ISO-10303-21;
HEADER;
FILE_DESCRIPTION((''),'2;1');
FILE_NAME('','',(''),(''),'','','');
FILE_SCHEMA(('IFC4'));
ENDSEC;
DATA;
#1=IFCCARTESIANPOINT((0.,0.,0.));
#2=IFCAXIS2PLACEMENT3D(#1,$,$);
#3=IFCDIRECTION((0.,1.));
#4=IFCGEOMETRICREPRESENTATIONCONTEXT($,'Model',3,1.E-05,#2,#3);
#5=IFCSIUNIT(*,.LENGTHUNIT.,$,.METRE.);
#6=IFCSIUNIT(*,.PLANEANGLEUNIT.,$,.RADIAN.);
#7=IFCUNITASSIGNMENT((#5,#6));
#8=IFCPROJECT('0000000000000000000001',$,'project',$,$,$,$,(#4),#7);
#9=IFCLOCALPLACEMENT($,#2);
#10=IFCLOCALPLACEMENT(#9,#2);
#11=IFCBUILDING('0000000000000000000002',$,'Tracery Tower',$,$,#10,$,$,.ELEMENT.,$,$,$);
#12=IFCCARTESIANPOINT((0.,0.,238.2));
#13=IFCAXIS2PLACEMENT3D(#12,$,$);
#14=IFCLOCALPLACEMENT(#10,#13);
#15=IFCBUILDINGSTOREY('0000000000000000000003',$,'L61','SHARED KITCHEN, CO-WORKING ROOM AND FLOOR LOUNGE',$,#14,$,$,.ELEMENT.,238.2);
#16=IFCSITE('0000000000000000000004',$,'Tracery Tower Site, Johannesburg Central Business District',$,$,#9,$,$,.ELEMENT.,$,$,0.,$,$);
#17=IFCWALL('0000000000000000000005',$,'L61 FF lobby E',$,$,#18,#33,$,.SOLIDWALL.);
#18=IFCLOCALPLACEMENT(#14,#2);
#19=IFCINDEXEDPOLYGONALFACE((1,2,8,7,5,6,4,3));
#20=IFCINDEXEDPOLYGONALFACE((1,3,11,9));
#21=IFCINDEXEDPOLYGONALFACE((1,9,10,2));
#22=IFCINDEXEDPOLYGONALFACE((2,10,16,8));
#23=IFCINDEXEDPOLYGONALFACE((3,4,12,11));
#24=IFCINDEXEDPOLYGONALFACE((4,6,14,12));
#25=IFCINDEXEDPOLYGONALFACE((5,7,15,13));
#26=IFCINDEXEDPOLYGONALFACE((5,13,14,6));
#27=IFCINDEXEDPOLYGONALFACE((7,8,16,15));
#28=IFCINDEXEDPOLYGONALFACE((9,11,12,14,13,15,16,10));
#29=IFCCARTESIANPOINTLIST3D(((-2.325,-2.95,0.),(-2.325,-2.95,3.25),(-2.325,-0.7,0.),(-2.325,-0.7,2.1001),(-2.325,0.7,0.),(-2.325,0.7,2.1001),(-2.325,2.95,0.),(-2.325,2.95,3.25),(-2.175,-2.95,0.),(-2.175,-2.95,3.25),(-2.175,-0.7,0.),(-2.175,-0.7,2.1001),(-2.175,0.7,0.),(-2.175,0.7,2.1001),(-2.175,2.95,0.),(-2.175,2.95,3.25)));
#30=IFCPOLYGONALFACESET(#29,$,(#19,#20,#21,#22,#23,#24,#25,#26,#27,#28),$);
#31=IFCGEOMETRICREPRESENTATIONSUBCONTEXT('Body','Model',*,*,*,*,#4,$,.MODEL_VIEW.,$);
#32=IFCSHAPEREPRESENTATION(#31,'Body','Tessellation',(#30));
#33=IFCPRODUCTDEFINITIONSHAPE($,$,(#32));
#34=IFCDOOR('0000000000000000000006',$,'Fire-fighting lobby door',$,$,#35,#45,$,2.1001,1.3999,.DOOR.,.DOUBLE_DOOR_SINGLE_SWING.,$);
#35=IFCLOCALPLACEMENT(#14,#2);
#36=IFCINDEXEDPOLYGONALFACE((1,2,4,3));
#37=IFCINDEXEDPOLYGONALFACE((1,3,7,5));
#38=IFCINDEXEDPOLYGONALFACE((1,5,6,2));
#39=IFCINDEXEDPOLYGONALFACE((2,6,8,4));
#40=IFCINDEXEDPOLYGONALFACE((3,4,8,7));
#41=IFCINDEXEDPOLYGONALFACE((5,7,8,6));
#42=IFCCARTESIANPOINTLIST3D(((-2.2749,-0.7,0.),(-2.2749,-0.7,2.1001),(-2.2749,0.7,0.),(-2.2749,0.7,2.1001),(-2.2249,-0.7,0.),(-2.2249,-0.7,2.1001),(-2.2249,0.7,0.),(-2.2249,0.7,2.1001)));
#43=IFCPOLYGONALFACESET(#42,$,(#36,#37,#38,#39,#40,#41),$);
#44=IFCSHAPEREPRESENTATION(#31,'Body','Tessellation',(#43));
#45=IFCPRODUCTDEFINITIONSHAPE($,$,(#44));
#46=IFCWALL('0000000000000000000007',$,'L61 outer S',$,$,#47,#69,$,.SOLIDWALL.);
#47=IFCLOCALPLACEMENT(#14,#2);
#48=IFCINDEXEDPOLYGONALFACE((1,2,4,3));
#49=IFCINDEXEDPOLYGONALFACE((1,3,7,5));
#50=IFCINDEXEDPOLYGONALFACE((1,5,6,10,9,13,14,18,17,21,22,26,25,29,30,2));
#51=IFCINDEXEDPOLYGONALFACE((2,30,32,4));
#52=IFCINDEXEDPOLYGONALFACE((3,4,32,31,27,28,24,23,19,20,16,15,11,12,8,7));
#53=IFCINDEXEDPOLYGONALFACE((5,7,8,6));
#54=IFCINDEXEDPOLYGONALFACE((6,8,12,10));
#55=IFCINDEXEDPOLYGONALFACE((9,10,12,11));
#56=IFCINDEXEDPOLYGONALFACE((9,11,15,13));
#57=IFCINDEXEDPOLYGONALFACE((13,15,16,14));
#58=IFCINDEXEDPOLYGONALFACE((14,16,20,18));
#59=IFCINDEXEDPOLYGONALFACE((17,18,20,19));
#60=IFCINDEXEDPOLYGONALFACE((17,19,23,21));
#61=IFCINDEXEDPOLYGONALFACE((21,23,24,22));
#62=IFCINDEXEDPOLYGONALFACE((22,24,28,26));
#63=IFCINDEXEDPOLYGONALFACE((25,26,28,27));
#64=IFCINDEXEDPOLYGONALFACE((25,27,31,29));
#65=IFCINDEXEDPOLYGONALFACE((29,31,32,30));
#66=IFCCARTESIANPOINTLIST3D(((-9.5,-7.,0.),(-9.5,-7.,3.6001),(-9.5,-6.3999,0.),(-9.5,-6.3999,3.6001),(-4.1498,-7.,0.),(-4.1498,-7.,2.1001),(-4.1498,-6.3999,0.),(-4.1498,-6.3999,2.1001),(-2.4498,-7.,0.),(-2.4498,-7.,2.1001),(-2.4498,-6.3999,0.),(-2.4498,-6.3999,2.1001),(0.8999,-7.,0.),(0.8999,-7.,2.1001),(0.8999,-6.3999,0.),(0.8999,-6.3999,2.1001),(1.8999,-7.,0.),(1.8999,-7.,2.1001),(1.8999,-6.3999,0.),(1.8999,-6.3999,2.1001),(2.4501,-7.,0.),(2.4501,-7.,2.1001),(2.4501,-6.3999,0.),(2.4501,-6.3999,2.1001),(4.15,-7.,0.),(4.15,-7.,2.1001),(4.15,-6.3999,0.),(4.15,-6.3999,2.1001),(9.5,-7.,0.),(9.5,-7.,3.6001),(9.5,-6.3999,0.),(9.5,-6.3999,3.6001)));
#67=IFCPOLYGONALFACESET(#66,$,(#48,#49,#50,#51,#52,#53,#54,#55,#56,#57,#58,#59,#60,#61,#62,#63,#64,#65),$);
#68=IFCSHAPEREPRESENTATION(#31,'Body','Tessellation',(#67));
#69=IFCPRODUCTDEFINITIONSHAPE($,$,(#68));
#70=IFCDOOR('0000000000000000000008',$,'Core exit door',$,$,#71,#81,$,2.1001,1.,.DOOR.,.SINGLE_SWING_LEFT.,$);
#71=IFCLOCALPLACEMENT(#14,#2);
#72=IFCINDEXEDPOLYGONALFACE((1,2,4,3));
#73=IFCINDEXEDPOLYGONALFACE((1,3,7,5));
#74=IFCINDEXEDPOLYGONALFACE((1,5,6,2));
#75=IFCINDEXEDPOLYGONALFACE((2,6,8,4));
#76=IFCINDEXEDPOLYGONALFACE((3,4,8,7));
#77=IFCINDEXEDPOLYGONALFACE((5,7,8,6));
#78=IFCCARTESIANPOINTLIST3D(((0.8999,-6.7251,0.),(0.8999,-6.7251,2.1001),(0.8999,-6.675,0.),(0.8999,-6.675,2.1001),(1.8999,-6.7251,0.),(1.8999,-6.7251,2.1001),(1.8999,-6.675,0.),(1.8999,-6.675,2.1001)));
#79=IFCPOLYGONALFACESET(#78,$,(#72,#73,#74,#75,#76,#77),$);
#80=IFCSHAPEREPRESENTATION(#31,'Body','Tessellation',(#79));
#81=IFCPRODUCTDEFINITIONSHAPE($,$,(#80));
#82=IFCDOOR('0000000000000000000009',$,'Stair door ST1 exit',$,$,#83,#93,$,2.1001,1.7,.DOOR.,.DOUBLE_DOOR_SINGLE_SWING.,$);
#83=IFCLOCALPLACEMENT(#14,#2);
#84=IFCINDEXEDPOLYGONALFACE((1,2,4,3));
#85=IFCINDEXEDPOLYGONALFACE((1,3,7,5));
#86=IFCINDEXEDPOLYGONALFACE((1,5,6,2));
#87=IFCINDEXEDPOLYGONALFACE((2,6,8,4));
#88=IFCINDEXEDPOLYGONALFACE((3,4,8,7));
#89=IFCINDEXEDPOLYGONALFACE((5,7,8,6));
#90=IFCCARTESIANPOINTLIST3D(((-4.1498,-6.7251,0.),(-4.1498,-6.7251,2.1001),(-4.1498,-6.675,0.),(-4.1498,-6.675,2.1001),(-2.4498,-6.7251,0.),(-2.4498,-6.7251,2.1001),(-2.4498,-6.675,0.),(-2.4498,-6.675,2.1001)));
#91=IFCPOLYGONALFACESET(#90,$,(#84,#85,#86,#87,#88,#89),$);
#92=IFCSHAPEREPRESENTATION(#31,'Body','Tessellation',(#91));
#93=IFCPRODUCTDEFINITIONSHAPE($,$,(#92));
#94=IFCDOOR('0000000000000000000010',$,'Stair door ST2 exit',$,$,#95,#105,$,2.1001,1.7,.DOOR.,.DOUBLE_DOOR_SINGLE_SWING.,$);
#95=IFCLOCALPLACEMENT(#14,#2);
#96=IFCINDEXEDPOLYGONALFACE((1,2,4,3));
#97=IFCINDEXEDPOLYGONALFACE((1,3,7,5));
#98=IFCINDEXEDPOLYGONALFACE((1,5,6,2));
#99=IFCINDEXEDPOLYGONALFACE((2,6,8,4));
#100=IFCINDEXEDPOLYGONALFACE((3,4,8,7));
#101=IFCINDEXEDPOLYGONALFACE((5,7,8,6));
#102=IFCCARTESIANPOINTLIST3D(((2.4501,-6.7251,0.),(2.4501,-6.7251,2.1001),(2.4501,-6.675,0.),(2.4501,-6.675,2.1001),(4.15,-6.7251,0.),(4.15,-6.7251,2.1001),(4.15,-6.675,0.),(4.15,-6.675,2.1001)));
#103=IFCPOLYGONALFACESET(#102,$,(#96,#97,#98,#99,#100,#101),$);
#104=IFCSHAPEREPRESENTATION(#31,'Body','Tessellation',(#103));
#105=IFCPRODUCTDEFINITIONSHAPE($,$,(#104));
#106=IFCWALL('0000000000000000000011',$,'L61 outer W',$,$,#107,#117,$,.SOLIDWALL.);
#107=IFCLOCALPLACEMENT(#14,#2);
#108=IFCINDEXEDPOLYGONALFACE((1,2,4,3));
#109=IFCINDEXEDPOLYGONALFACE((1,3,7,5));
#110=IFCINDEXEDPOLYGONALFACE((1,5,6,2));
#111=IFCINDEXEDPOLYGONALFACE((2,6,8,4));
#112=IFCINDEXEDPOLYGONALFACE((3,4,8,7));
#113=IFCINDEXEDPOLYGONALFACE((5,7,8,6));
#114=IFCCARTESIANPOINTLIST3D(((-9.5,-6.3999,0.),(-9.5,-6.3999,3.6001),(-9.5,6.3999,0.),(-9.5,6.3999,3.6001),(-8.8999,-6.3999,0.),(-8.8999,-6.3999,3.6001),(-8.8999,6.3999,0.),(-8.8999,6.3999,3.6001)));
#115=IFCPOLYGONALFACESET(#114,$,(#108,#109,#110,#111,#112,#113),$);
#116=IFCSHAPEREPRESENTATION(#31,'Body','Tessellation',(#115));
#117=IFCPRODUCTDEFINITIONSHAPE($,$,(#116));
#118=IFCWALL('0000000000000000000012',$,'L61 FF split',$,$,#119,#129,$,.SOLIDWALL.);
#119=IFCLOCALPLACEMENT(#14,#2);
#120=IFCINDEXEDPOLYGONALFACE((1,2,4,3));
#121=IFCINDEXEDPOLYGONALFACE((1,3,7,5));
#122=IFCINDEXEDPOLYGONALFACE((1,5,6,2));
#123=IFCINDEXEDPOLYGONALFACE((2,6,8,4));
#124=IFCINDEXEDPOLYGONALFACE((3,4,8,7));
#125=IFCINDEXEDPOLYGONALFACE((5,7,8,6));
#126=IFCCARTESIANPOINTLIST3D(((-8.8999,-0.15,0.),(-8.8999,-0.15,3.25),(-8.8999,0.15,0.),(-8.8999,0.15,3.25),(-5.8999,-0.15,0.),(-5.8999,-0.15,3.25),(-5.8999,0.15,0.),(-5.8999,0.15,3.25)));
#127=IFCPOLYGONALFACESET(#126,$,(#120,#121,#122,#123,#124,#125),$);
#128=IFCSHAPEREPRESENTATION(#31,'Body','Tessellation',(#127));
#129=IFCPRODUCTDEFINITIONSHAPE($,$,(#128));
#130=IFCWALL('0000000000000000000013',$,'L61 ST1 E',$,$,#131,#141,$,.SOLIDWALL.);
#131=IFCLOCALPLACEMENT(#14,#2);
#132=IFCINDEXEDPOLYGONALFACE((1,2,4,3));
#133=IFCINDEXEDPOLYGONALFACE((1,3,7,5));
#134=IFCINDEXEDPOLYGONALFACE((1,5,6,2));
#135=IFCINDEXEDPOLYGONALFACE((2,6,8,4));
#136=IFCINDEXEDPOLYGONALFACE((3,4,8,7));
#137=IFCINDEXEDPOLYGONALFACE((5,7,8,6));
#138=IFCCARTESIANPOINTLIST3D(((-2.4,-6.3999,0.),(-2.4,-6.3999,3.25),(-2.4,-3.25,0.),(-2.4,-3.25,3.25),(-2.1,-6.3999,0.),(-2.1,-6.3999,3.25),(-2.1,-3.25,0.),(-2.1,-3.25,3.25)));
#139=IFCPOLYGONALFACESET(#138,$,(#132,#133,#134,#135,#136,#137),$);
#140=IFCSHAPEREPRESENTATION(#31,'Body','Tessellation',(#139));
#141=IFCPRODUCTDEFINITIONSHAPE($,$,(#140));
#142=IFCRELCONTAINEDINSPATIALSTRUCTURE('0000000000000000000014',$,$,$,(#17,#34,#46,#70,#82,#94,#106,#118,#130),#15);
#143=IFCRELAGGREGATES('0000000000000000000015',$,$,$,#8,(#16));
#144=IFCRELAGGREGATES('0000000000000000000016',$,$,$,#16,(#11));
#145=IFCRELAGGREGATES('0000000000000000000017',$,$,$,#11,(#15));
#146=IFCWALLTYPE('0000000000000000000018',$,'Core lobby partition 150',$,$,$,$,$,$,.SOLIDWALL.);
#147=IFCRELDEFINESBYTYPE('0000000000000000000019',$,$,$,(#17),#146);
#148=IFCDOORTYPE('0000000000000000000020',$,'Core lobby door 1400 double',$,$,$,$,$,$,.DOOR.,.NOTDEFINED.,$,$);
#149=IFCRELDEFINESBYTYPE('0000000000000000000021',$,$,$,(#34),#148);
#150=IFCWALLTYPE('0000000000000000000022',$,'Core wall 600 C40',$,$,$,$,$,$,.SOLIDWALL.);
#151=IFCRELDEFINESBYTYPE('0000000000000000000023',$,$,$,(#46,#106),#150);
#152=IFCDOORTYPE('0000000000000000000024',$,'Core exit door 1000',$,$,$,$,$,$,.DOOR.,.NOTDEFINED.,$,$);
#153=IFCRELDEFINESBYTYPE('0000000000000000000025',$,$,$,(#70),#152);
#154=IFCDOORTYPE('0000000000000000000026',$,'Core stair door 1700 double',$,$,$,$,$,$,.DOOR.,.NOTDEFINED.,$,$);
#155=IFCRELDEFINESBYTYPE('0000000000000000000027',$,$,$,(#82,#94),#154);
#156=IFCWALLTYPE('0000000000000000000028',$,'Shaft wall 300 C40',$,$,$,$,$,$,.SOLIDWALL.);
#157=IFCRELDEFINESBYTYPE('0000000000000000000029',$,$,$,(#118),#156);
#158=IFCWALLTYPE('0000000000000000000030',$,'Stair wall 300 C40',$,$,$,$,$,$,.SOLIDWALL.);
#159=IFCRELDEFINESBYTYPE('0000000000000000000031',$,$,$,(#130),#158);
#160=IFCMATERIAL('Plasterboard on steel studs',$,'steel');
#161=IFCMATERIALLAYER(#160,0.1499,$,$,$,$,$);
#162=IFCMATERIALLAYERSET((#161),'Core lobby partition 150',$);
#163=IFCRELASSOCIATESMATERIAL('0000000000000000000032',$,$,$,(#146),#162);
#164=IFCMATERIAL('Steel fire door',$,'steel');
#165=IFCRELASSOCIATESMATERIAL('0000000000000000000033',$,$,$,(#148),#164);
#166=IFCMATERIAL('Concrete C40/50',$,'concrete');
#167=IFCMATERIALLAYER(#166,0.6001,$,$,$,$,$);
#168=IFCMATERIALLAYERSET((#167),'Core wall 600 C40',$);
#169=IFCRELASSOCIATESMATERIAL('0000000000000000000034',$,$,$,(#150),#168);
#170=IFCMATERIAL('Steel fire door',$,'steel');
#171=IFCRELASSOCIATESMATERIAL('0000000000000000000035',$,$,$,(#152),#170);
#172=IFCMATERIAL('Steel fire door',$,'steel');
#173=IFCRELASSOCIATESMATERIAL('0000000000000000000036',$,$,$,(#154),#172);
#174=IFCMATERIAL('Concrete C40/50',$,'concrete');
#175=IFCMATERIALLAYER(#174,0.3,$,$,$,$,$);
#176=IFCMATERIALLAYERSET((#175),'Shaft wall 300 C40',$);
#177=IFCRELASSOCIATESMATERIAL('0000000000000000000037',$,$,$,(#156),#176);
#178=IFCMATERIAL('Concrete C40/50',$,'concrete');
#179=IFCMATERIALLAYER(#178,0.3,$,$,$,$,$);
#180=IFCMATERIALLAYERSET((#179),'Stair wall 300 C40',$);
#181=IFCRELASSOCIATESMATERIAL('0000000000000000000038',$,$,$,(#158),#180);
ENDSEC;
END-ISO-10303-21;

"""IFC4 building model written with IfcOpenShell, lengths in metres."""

from ifc_helpers import new_model, si_unit, direction, frame, frame_2d, origin, place, context, subcontext, project, spatial, rectangle, extrude, material, layer, layer_set, type_object, element, fill, save


model = new_model("IFC4")

# Units and contexts
model_context = context("Model", 3, precision=1e-05, world=origin(), true_north=direction((0.0, 1.0)))
body_context = subcontext(model_context, "Body", "Model", "MODEL_VIEW")
ifc_project = project(units=[si_unit("LENGTHUNIT", "METRE"), si_unit("PLANEANGLEUNIT", "RADIAN")], contexts=[model_context])

# Site, building, storey
site_placement = place(None, origin())
site = spatial("IfcSite", under=ifc_project, at=site_placement, Name="Tracery Tower Site, Johannesburg Central Business District", CompositionType="ELEMENT", RefElevation=0.0)
building_placement = place(site_placement, origin())
building = spatial("IfcBuilding", under=site, at=building_placement, Name="Tracery Tower", CompositionType="ELEMENT")
storey_placement = place(building_placement, frame((0.0, 0.0, 238.2)))
storey = spatial("IfcBuildingStorey", under=building, at=storey_placement, Name="L61", Description="SHARED KITCHEN, CO-WORKING ROOM AND FLOOR LOUNGE", CompositionType="ELEMENT", Elevation=238.2)

# Wall, opening, door
ifc_material_1 = material(Name="Plasterboard on steel studs", Category="steel")
ifc_layer_1 = layer(ifc_material_1, 0.1499)
ifc_layer_set_1 = layer_set([ifc_layer_1], Name="Core lobby partition 150")
wall_type_1 = type_object("IfcWallType", Name="Core lobby partition 150", PredefinedType="SOLIDWALL", material=ifc_layer_set_1)
wall_1_placement = place(storey_placement, frame((-2.25, -2.95, 0.0), z_axis=(0.0, 0.0, 1.0), x_axis=(0.0, 1.0, 0.0)))
wall_1 = element("IfcWall", 1, at=wall_1_placement, inside=storey, type_object=wall_type_1, Name="L61 FF lobby E", PredefinedType="SOLIDWALL", context=body_context, shape_type="SweptSolid", body=[
    extrude(rectangle(XDim=5.8999, YDim=0.1499, at=frame_2d((2.95, 0.0))), origin(), (0.0, 0.0, 1.0), 3.25),
])
opening_1_placement = place(wall_1_placement, frame((2.25, 0.0, 0.0)))
opening_1 = element("IfcOpeningElement", 2, at=opening_1_placement, cuts=wall_1, PredefinedType="OPENING", context=body_context, shape_type="SweptSolid", body=[
    extrude(rectangle(XDim=1.3999, YDim=2.1001, at=frame_2d((0.7, 1.05))), frame((0.0, 0.075, 0.0), z_axis=(0.0, -1.0, 0.0), x_axis=(1.0, 0.0, 0.0)), (0.0, 0.0, 1.0), 0.1499),
])
ifc_material_2 = material(Name="Steel fire door", Category="steel")
door_type_1 = type_object("IfcDoorType", Name="Core lobby door 1400 double", OperationType="NOTDEFINED", PredefinedType="DOOR", material=ifc_material_2)
door_1_placement = place(opening_1_placement, origin())
door_1 = element("IfcDoor", 3, at=door_1_placement, inside=storey, type_object=door_type_1, Name="Fire-fighting lobby door", OperationType="DOUBLE_DOOR_SINGLE_SWING", OverallHeight=2.1001, OverallWidth=1.3999, PredefinedType="DOOR", context=body_context, shape_type="SweptSolid", body=[
    extrude(rectangle(XDim=1.3999, YDim=2.1001, at=frame_2d((0.7, 1.05))), frame((0.0, 0.0249, 0.0), z_axis=(0.0, -1.0, 0.0), x_axis=(1.0, 0.0, 0.0)), (0.0, 0.0, 1.0), 0.05),
])
fill(opening_1, door_1)

# Wall, openings, doors
ifc_material_3 = material(Name="Concrete C40/50", Category="concrete")
ifc_layer_2 = layer(ifc_material_3, 0.6001)
ifc_layer_set_2 = layer_set([ifc_layer_2], Name="Core wall 600 C40")
wall_type_2 = type_object("IfcWallType", Name="Core wall 600 C40", PredefinedType="SOLIDWALL", material=ifc_layer_set_2)
wall_2_placement = place(storey_placement, frame((-9.5, -6.7, 0.0), z_axis=(0.0, 0.0, 1.0), x_axis=(1.0, 0.0, 0.0)))
wall_2 = element("IfcWall", 4, at=wall_2_placement, inside=storey, type_object=wall_type_2, Name="L61 outer S", PredefinedType="SOLIDWALL", context=body_context, shape_type="SweptSolid", body=[
    extrude(rectangle(XDim=19.0, YDim=0.6001, at=frame_2d((9.5, 0.0))), origin(), (0.0, 0.0, 1.0), 3.6001),
])
opening_2_placement = place(wall_2_placement, frame((10.3999, 0.0, 0.0)))
opening_2 = element("IfcOpeningElement", 5, at=opening_2_placement, cuts=wall_2, PredefinedType="OPENING", context=body_context, shape_type="SweptSolid", body=[
    extrude(rectangle(XDim=1.0, YDim=2.1001, at=frame_2d((0.5, 1.05))), frame((0.0, 0.3, 0.0), z_axis=(0.0, -1.0, 0.0), x_axis=(1.0, 0.0, 0.0)), (0.0, 0.0, 1.0), 0.6001),
])
opening_3_placement = place(wall_2_placement, frame((5.3501, 0.0, 0.0)))
opening_3 = element("IfcOpeningElement", 6, at=opening_3_placement, cuts=wall_2, PredefinedType="OPENING", context=body_context, shape_type="SweptSolid", body=[
    extrude(rectangle(XDim=1.7, YDim=2.1001, at=frame_2d((0.8501, 1.05))), frame((0.0, 0.3, 0.0), z_axis=(0.0, -1.0, 0.0), x_axis=(1.0, 0.0, 0.0)), (0.0, 0.0, 1.0), 0.6001),
])
opening_4_placement = place(wall_2_placement, frame((11.95, 0.0, 0.0)))
opening_4 = element("IfcOpeningElement", 7, at=opening_4_placement, cuts=wall_2, PredefinedType="OPENING", context=body_context, shape_type="SweptSolid", body=[
    extrude(rectangle(XDim=1.7, YDim=2.1001, at=frame_2d((0.8501, 1.05))), frame((0.0, 0.3, 0.0), z_axis=(0.0, -1.0, 0.0), x_axis=(1.0, 0.0, 0.0)), (0.0, 0.0, 1.0), 0.6001),
])
ifc_material_4 = material(Name="Steel fire door", Category="steel")
door_type_2 = type_object("IfcDoorType", Name="Core exit door 1000", OperationType="NOTDEFINED", PredefinedType="DOOR", material=ifc_material_4)
door_2_placement = place(opening_2_placement, origin())
door_2 = element("IfcDoor", 8, at=door_2_placement, inside=storey, type_object=door_type_2, Name="Core exit door", OperationType="SINGLE_SWING_LEFT", OverallHeight=2.1001, OverallWidth=1.0, PredefinedType="DOOR", context=body_context, shape_type="SweptSolid", body=[
    extrude(rectangle(XDim=1.0, YDim=2.1001, at=frame_2d((0.5, 1.05))), frame((0.0, 0.0249, 0.0), z_axis=(0.0, -1.0, 0.0), x_axis=(1.0, 0.0, 0.0)), (0.0, 0.0, 1.0), 0.05),
])
fill(opening_2, door_2)
ifc_material_5 = material(Name="Steel fire door", Category="steel")
door_type_3 = type_object("IfcDoorType", Name="Core stair door 1700 double", OperationType="NOTDEFINED", PredefinedType="DOOR", material=ifc_material_5)
door_3_placement = place(opening_3_placement, origin())
door_3 = element("IfcDoor", 9, at=door_3_placement, inside=storey, type_object=door_type_3, Name="Stair door ST1 exit", OperationType="DOUBLE_DOOR_SINGLE_SWING", OverallHeight=2.1001, OverallWidth=1.7, PredefinedType="DOOR", context=body_context, shape_type="SweptSolid", body=[
    extrude(rectangle(XDim=1.7, YDim=2.1001, at=frame_2d((0.8501, 1.05))), frame((0.0, 0.0249, 0.0), z_axis=(0.0, -1.0, 0.0), x_axis=(1.0, 0.0, 0.0)), (0.0, 0.0, 1.0), 0.05),
])
fill(opening_3, door_3)
door_4_placement = place(opening_4_placement, origin())
door_4 = element("IfcDoor", 10, at=door_4_placement, inside=storey, type_object=door_type_3, Name="Stair door ST2 exit", OperationType="DOUBLE_DOOR_SINGLE_SWING", OverallHeight=2.1001, OverallWidth=1.7, PredefinedType="DOOR", context=body_context, shape_type="SweptSolid", body=[
    extrude(rectangle(XDim=1.7, YDim=2.1001, at=frame_2d((0.8501, 1.05))), frame((0.0, 0.0249, 0.0), z_axis=(0.0, -1.0, 0.0), x_axis=(1.0, 0.0, 0.0)), (0.0, 0.0, 1.0), 0.05),
])
fill(opening_4, door_4)

# Walls
wall_3_placement = place(storey_placement, frame((-9.2, -6.3999, 0.0), z_axis=(0.0, 0.0, 1.0), x_axis=(0.0, 1.0, 0.0)))
element("IfcWall", 11, at=wall_3_placement, inside=storey, type_object=wall_type_2, Name="L61 outer W", PredefinedType="SOLIDWALL", context=body_context, shape_type="SweptSolid", body=[
    extrude(rectangle(XDim=12.7998, YDim=0.6001, at=frame_2d((6.3999, 0.0))), origin(), (0.0, 0.0, 1.0), 3.6001),
])
ifc_material_6 = material(Name="Concrete C40/50", Category="concrete")
ifc_layer_3 = layer(ifc_material_6, 0.3)
ifc_layer_set_3 = layer_set([ifc_layer_3], Name="Shaft wall 300 C40")
wall_type_3 = type_object("IfcWallType", Name="Shaft wall 300 C40", PredefinedType="SOLIDWALL", material=ifc_layer_set_3)
wall_4_placement = place(storey_placement, frame((-8.8999, 0.0, 0.0), z_axis=(0.0, 0.0, 1.0), x_axis=(1.0, 0.0, 0.0)))
element("IfcWall", 12, at=wall_4_placement, inside=storey, type_object=wall_type_3, Name="L61 FF split", PredefinedType="SOLIDWALL", context=body_context, shape_type="SweptSolid", body=[
    extrude(rectangle(XDim=3.0, YDim=0.3, at=frame_2d((1.5, 0.0))), origin(), (0.0, 0.0, 1.0), 3.25),
])

# Shared definitions
ifc_material_7 = material(Name="Concrete C40/50", Category="concrete")
ifc_layer_4 = layer(ifc_material_7, 0.3)
ifc_layer_set_4 = layer_set([ifc_layer_4], Name="Stair wall 300 C40")
wall_type_4 = type_object("IfcWallType", Name="Stair wall 300 C40", PredefinedType="SOLIDWALL", material=ifc_layer_set_4)

# Wall
wall_5_placement = place(storey_placement, frame((-2.25, -6.3999, 0.0), z_axis=(0.0, 0.0, 1.0), x_axis=(0.0, 1.0, 0.0)))
element("IfcWall", 13, at=wall_5_placement, inside=storey, type_object=wall_type_4, Name="L61 ST1 E", PredefinedType="SOLIDWALL", context=body_context, shape_type="SweptSolid", body=[
    extrude(rectangle(XDim=3.1499, YDim=0.3, at=frame_2d((1.575, 0.0))), origin(), (0.0, 0.0, 1.0), 3.25),
])

save(model, "model.ifc")
